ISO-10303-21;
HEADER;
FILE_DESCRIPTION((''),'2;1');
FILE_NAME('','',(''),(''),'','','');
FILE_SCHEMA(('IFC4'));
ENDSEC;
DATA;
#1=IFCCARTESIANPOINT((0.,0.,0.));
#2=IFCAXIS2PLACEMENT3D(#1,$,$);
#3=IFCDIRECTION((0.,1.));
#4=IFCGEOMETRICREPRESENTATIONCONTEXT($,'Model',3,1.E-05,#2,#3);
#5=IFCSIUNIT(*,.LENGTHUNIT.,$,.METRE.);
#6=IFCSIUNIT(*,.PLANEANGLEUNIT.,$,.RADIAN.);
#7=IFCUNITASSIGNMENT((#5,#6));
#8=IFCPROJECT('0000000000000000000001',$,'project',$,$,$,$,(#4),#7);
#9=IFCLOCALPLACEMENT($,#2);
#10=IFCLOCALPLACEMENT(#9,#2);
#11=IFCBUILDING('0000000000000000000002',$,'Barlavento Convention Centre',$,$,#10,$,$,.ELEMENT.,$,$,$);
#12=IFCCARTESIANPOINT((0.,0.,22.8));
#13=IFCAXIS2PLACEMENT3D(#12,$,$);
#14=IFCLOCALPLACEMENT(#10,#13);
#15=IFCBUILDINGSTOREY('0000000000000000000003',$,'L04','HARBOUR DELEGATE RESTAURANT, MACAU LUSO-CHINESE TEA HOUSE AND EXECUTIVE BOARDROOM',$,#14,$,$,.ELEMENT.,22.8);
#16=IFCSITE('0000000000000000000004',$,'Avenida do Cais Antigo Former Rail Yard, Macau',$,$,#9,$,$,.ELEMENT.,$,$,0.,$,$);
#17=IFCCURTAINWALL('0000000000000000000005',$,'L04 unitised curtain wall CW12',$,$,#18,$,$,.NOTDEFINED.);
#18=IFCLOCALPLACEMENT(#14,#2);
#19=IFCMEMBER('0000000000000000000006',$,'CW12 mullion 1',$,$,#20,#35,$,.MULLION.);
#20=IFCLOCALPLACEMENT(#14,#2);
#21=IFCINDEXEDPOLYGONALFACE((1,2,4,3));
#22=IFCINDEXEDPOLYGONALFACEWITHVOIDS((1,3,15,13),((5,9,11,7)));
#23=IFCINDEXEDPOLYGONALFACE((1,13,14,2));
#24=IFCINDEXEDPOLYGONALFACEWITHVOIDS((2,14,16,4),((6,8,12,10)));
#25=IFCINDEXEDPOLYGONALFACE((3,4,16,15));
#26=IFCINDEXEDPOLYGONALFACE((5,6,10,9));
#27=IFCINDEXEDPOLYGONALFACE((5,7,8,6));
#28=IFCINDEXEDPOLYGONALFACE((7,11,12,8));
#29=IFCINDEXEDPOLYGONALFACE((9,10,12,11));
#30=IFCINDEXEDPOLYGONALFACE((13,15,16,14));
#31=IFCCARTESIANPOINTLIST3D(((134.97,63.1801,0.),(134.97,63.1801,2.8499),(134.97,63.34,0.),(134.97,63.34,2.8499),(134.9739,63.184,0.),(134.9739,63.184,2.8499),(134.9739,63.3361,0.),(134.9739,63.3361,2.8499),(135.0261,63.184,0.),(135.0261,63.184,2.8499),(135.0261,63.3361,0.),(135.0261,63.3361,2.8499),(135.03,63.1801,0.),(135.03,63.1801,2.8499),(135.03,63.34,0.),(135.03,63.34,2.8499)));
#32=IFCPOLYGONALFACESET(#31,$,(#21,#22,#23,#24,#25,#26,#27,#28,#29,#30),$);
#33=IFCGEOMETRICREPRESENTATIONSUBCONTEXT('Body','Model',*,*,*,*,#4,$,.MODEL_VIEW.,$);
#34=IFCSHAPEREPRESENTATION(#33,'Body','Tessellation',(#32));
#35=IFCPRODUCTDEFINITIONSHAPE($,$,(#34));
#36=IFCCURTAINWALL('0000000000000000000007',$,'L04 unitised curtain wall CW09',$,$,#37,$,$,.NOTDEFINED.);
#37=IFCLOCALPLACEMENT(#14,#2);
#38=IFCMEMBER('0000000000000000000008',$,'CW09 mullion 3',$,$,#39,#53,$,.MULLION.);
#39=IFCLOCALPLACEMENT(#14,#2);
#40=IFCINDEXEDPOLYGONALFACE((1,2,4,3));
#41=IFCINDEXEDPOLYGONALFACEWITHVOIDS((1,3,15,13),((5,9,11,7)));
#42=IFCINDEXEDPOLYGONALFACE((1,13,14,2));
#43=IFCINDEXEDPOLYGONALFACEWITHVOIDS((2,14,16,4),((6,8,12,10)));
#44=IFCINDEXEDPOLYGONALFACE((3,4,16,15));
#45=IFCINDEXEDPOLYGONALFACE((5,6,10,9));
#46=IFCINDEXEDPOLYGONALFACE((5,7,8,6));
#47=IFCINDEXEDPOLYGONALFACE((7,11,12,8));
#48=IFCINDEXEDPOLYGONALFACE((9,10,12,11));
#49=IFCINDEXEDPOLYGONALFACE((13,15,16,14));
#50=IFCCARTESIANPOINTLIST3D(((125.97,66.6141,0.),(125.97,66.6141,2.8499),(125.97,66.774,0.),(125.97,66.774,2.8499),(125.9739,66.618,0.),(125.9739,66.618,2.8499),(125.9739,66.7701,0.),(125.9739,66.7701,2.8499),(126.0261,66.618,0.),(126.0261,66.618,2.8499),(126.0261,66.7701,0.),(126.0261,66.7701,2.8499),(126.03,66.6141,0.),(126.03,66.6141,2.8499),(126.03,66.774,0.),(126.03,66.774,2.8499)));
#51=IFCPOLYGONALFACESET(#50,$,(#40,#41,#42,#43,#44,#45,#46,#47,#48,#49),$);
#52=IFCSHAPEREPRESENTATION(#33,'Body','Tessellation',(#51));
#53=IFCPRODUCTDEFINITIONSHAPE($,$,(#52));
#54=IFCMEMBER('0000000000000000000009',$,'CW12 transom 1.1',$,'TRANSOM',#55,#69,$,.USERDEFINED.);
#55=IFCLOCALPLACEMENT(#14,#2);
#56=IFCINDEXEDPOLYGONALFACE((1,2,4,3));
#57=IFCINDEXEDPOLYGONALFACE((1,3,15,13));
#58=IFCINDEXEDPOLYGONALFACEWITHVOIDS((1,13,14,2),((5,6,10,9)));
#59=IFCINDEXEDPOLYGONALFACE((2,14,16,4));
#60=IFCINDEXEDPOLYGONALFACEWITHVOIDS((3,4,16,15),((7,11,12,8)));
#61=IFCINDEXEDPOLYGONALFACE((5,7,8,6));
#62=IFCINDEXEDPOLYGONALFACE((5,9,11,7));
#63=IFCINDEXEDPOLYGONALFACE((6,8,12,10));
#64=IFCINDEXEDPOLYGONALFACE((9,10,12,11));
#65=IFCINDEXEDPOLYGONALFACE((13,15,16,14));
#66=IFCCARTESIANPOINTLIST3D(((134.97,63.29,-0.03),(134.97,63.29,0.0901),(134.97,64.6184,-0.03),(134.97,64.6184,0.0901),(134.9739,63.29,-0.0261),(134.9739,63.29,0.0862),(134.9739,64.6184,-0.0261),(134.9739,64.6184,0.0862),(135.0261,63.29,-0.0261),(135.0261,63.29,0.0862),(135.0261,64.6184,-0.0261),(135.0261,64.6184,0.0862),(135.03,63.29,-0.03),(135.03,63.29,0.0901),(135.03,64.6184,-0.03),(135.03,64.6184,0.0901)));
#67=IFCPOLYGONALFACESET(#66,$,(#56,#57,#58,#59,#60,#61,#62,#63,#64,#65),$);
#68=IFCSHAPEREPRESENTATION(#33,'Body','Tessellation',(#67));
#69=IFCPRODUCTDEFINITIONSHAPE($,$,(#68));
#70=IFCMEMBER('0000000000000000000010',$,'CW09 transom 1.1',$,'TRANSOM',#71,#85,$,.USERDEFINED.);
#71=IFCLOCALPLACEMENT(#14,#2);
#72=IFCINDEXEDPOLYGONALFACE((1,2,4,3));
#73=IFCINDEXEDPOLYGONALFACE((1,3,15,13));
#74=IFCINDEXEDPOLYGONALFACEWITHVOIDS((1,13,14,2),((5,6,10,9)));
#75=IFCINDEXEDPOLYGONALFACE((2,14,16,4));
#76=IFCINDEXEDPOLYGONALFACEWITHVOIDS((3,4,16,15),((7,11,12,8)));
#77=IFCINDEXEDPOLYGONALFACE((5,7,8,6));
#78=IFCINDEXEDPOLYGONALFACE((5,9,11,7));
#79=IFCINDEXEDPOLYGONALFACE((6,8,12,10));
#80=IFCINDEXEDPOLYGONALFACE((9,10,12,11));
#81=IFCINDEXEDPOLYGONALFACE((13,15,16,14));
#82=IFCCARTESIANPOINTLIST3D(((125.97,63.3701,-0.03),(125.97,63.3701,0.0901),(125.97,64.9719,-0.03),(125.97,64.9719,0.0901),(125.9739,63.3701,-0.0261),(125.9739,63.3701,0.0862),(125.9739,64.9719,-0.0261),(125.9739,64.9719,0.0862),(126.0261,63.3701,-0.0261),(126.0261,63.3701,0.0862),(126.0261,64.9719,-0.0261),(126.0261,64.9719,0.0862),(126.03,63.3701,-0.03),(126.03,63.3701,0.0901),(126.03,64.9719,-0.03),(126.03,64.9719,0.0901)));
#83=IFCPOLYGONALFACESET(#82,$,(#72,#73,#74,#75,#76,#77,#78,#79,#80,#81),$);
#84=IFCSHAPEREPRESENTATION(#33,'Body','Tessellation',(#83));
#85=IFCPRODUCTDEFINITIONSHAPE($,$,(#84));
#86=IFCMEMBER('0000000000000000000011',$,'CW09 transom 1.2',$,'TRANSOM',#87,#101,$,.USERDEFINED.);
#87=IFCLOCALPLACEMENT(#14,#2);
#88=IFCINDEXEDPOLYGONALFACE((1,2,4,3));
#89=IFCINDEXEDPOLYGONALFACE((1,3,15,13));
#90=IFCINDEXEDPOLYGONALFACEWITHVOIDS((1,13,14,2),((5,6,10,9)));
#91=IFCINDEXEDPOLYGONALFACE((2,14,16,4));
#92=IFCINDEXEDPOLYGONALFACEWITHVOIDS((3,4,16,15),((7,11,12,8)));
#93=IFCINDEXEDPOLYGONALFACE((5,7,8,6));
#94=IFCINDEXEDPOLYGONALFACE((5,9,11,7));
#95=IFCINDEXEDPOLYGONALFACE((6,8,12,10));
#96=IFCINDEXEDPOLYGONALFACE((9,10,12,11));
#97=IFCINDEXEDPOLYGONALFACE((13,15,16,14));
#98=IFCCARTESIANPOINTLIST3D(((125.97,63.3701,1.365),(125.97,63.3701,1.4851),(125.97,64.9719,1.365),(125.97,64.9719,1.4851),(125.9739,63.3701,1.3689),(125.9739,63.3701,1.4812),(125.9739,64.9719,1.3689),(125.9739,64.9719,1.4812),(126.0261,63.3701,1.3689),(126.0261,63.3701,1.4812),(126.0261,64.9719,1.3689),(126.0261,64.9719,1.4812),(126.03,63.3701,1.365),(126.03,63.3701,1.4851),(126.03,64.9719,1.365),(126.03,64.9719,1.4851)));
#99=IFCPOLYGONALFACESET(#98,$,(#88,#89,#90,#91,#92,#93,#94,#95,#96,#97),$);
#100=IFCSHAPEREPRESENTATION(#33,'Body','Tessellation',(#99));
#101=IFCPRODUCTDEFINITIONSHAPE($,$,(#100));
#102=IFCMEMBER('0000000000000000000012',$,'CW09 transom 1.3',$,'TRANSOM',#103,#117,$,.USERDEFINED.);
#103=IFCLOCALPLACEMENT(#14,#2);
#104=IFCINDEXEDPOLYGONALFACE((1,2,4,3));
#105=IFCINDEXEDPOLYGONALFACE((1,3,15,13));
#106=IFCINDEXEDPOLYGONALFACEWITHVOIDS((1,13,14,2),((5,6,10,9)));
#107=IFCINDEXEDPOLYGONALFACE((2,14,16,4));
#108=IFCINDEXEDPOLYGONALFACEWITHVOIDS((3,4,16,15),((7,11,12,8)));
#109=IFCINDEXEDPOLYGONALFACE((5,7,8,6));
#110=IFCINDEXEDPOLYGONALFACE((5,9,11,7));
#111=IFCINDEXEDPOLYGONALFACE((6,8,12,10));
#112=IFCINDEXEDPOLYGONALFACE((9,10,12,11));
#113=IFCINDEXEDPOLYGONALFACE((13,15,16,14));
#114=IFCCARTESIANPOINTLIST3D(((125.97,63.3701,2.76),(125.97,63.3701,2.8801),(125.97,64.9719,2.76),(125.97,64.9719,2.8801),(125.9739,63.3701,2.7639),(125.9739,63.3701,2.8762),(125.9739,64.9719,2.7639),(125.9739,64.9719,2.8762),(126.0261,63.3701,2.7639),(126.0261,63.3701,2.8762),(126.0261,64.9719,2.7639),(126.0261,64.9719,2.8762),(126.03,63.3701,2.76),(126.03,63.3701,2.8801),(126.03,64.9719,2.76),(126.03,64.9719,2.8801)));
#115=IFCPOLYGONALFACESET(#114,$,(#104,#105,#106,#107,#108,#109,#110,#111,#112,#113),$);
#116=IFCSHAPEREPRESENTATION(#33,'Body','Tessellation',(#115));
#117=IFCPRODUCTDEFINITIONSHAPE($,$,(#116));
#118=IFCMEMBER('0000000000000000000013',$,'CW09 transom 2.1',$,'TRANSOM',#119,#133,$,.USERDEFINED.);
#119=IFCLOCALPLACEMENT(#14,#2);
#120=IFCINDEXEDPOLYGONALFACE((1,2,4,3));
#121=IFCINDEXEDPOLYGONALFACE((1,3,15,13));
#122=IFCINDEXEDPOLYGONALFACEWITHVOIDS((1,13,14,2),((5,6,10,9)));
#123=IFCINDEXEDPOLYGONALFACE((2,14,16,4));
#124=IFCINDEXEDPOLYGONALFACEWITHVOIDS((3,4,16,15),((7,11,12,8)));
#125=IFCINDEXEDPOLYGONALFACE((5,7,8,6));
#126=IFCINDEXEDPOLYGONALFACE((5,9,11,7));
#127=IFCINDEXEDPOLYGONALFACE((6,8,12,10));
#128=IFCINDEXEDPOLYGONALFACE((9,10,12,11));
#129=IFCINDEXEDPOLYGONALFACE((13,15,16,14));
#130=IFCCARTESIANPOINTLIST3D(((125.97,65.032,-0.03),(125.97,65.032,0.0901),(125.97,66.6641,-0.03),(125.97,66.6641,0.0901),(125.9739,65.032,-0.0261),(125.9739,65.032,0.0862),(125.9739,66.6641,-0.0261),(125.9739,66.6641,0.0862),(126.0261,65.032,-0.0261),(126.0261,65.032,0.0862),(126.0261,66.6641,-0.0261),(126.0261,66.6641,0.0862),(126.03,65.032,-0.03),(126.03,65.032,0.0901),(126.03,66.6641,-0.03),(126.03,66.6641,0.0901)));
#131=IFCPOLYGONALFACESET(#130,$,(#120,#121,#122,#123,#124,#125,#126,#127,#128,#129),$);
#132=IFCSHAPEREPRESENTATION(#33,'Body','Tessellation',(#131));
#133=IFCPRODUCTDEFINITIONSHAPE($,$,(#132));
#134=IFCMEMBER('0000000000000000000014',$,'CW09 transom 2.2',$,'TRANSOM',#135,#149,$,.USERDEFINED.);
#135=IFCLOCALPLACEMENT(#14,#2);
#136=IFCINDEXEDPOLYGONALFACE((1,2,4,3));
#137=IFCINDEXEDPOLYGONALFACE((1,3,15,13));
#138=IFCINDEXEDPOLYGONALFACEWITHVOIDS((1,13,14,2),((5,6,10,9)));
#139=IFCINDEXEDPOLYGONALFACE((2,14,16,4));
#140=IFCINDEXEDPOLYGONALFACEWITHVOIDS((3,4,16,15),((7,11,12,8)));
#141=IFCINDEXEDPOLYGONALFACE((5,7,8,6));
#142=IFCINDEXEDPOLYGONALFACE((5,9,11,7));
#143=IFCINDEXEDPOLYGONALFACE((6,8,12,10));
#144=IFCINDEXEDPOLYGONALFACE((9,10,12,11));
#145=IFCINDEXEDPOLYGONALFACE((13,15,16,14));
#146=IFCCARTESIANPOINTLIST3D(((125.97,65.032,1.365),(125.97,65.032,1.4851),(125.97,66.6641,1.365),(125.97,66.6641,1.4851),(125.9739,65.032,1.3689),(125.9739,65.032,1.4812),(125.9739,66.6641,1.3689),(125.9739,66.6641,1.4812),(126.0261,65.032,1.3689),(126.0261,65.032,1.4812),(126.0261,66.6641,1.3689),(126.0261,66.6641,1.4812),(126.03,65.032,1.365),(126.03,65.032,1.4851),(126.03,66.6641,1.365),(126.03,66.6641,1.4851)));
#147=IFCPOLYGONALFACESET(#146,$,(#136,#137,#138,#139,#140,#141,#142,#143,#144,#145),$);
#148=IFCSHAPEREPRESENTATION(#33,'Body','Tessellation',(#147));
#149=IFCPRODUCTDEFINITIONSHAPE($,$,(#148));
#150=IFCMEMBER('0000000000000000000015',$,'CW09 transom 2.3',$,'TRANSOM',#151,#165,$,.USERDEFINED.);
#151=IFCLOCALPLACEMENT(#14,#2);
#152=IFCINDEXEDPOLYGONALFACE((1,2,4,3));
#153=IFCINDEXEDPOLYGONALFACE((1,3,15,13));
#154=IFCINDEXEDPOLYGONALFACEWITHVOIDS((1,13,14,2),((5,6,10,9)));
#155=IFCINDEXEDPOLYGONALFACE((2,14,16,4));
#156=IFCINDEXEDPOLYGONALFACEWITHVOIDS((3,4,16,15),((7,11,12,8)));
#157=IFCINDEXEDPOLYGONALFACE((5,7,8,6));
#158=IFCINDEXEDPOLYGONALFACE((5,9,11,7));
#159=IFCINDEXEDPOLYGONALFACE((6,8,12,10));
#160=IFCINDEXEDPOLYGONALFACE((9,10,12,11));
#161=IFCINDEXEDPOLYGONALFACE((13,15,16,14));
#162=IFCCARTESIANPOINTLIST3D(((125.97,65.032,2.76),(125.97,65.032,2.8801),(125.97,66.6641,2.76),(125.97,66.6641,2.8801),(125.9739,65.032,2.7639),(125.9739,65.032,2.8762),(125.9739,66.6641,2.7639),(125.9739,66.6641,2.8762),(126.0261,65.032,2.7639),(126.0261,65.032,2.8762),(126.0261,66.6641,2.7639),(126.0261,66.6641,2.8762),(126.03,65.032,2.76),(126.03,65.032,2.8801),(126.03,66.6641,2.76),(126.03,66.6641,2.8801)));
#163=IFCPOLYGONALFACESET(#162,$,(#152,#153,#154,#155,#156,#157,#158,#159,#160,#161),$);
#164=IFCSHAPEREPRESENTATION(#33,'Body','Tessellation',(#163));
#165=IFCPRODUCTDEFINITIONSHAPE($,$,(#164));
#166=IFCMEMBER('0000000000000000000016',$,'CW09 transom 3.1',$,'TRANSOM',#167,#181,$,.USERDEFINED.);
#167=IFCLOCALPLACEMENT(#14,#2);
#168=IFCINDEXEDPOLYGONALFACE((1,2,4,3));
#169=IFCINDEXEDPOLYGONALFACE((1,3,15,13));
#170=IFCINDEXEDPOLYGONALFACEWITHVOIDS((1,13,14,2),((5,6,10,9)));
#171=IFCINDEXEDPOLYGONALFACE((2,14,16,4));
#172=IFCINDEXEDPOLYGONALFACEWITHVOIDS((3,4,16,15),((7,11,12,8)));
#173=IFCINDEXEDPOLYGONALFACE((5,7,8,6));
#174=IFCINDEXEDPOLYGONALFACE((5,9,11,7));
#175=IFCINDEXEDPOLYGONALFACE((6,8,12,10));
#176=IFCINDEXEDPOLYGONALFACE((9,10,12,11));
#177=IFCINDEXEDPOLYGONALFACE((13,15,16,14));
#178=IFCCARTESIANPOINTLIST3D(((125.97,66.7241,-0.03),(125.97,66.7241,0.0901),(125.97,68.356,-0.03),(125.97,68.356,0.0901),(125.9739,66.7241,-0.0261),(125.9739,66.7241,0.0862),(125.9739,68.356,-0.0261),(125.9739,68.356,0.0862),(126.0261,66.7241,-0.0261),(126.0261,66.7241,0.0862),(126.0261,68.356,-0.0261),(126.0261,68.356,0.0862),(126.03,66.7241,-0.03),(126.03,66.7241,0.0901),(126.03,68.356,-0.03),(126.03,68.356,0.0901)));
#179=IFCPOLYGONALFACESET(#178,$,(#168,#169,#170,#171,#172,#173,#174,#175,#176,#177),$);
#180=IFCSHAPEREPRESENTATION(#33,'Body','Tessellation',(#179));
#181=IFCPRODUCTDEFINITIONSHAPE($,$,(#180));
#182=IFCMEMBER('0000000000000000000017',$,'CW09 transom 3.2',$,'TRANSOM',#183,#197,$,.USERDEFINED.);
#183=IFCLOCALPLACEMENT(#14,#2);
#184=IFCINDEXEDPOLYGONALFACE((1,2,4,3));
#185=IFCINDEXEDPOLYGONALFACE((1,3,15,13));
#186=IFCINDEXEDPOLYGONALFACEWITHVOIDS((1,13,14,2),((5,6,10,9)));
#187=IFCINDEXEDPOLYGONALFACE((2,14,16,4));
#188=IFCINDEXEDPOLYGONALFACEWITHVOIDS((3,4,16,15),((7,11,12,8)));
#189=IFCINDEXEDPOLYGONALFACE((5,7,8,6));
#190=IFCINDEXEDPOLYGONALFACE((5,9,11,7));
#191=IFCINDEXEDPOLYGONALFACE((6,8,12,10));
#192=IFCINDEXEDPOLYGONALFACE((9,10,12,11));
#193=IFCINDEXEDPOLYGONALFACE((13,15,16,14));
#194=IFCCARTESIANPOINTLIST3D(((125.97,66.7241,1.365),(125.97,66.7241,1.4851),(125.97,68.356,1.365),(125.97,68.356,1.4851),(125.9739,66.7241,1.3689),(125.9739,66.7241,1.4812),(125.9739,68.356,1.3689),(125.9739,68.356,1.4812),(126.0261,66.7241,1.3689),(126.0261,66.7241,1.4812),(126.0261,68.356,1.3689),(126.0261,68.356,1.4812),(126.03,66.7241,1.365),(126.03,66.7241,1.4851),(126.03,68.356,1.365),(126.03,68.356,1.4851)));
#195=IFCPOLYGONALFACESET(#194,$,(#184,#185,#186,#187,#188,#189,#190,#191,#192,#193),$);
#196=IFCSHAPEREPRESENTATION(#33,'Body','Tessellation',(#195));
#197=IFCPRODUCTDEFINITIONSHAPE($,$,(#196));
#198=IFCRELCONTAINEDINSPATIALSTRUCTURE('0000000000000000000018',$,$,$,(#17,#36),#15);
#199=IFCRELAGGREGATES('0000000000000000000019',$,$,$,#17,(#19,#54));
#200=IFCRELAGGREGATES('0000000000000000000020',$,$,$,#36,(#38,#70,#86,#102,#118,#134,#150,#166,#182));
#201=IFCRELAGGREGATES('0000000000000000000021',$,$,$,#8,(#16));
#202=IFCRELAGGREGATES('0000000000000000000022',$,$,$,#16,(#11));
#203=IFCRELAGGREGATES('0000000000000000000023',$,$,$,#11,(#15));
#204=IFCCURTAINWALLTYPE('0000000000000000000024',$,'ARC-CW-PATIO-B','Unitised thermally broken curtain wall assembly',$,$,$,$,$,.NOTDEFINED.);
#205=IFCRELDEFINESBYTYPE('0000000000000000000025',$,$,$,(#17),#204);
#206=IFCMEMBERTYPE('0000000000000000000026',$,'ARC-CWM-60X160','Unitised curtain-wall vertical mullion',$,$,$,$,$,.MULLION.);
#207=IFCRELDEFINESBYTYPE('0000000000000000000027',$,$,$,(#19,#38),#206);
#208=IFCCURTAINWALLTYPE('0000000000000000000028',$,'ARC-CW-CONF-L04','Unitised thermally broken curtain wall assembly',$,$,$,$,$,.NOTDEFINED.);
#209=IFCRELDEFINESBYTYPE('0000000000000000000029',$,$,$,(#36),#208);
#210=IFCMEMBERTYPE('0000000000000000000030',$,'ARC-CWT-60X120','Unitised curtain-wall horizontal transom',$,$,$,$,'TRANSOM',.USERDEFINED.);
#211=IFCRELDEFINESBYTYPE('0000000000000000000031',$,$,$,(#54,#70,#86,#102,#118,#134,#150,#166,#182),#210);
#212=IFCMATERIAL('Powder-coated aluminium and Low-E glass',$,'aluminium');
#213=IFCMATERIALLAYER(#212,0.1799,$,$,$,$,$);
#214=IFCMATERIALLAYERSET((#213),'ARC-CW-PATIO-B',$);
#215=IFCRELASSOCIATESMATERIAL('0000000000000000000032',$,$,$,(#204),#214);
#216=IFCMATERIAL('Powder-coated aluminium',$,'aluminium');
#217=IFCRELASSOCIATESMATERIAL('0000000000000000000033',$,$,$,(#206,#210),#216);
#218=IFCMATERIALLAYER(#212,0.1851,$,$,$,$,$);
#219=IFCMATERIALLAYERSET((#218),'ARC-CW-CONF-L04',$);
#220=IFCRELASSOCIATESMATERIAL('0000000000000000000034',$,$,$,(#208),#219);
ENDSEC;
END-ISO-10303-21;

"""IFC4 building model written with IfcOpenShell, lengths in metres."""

from ifc_helpers import new_model, si_unit, direction, frame, origin, origin_2d, place, context, subcontext, project, spatial, hollow_rectangle, extrude, material, layer, layer_set, material_profile, profile_set, type_object, element, aggregate, save


model = new_model("IFC4")

# Units and contexts
model_context = context("Model", 3, precision=1e-05, world=origin(), true_north=direction((0.0, 1.0)))
body_context = subcontext(model_context, "Body", "Model", "MODEL_VIEW")
ifc_project = project(units=[si_unit("LENGTHUNIT", "METRE"), si_unit("PLANEANGLEUNIT", "RADIAN")], contexts=[model_context])

# Site, building, storey
site_placement = place(None, origin())
site = spatial("IfcSite", under=ifc_project, at=site_placement, Name="Avenida do Cais Antigo Former Rail Yard, Macau", CompositionType="ELEMENT", RefElevation=0.0)
building_placement = place(site_placement, origin())
building = spatial("IfcBuilding", under=site, at=building_placement, Name="Barlavento Convention Centre", CompositionType="ELEMENT")
storey_placement = place(building_placement, frame((0.0, 0.0, 22.8)))
storey = spatial("IfcBuildingStorey", under=building, at=storey_placement, Name="L04", Description="HARBOUR DELEGATE RESTAURANT, MACAU LUSO-CHINESE TEA HOUSE AND EXECUTIVE BOARDROOM", CompositionType="ELEMENT", Elevation=22.8)

# Curtain walls, members
ifc_material_1 = material(Name="Powder-coated aluminium and Low-E glass", Category="aluminium")
ifc_layer_1 = layer(ifc_material_1, 0.1799)
ifc_layer_set_1 = layer_set([ifc_layer_1], Name="ARC-CW-PATIO-B")
curtain_wall_type_1 = type_object("IfcCurtainWallType", Name="ARC-CW-PATIO-B", Description="Unitised thermally broken curtain wall assembly", PredefinedType="NOTDEFINED", material=ifc_layer_set_1)
curtain_wall_1_placement = place(storey_placement, origin())
curtain_wall_1 = element("IfcCurtainWall", 1, at=curtain_wall_1_placement, inside=storey, type_object=curtain_wall_type_1, Name="L04 unitised curtain wall CW12", PredefinedType="NOTDEFINED")
ifc_material_2 = material(Name="Powder-coated aluminium", Category="aluminium")
ifc_material_profile_1 = material_profile(ifc_material_2, hollow_rectangle(XDim=0.0601, YDim=0.1599, WallThickness=0.0039, at=origin_2d()), Name="AL-MULL 60x160x4")
ifc_profile_set_1 = profile_set([ifc_material_profile_1], Name="Powder-coated aluminium")
member_type_1 = type_object("IfcMemberType", Name="ARC-CWM-60X160", Description="Unitised curtain-wall vertical mullion", PredefinedType="MULLION", material=ifc_profile_set_1)
member_1_placement = place(storey_placement, frame((135.0, 63.26, 0.0), z_axis=(0.0, 0.0, 1.0), x_axis=(-1.0, 0.0, 0.0)))
member_1 = element("IfcMember", 2, at=member_1_placement, type_object=member_type_1, Name="CW12 mullion 1", PredefinedType="MULLION", context=body_context, shape_type="SweptSolid", body=[
    extrude(hollow_rectangle(XDim=0.0601, YDim=0.1599, WallThickness=0.0039, at=origin_2d()), origin(), (0.0, 0.0, 1.0), 2.8499),
])
ifc_layer_2 = layer(ifc_material_1, 0.1851)
ifc_layer_set_2 = layer_set([ifc_layer_2], Name="ARC-CW-CONF-L04")
curtain_wall_type_2 = type_object("IfcCurtainWallType", Name="ARC-CW-CONF-L04", Description="Unitised thermally broken curtain wall assembly", PredefinedType="NOTDEFINED", material=ifc_layer_set_2)
curtain_wall_2_placement = place(storey_placement, origin())
curtain_wall_2 = element("IfcCurtainWall", 3, at=curtain_wall_2_placement, inside=storey, type_object=curtain_wall_type_2, Name="L04 unitised curtain wall CW09", PredefinedType="NOTDEFINED")
member_2_placement = place(storey_placement, frame((126.0, 66.6941, 0.0), z_axis=(0.0, 0.0, 1.0), x_axis=(-1.0, 0.0, 0.0)))
member_2 = element("IfcMember", 4, at=member_2_placement, type_object=member_type_1, Name="CW09 mullion 3", PredefinedType="MULLION", context=body_context, shape_type="SweptSolid", body=[
    extrude(hollow_rectangle(XDim=0.0601, YDim=0.1599, WallThickness=0.0039, at=origin_2d()), origin(), (0.0, 0.0, 1.0), 2.8499),
])

# Members
ifc_material_profile_2 = material_profile(ifc_material_2, hollow_rectangle(XDim=0.0601, YDim=0.1201, WallThickness=0.0039, at=origin_2d()), Name="AL-TRAN 60x120x4")
ifc_profile_set_2 = profile_set([ifc_material_profile_2], Name="Powder-coated aluminium")
member_type_2 = type_object("IfcMemberType", Name="ARC-CWT-60X120", Description="Unitised curtain-wall horizontal transom", ElementType="TRANSOM", PredefinedType="USERDEFINED", material=ifc_profile_set_2)
member_3_placement = place(storey_placement, frame((135.0, 63.29, 0.03), z_axis=(0.0, 1.0, 0.0), x_axis=(-1.0, 0.0, 0.0)))
member_3 = element("IfcMember", 5, at=member_3_placement, type_object=member_type_2, Name="CW12 transom 1.1", ObjectType="TRANSOM", PredefinedType="USERDEFINED", context=body_context, shape_type="SweptSolid", body=[
    extrude(hollow_rectangle(XDim=0.0601, YDim=0.1201, WallThickness=0.0039, at=origin_2d()), origin(), (0.0, 0.0, 1.0), 1.3284),
])
aggregate(curtain_wall_1, [member_1, member_3])
member_4_placement = place(storey_placement, frame((126.0, 63.3701, 0.03), z_axis=(0.0, 1.0, 0.0), x_axis=(-1.0, 0.0, 0.0)))
member_4 = element("IfcMember", 6, at=member_4_placement, type_object=member_type_2, Name="CW09 transom 1.1", ObjectType="TRANSOM", PredefinedType="USERDEFINED", context=body_context, shape_type="SweptSolid", body=[
    extrude(hollow_rectangle(XDim=0.0601, YDim=0.1201, WallThickness=0.0039, at=origin_2d()), origin(), (0.0, 0.0, 1.0), 1.6018),
])
member_5_placement = place(storey_placement, frame((126.0, 63.3701, 1.425), z_axis=(0.0, 1.0, 0.0), x_axis=(-1.0, 0.0, 0.0)))
member_5 = element("IfcMember", 7, at=member_5_placement, type_object=member_type_2, Name="CW09 transom 1.2", ObjectType="TRANSOM", PredefinedType="USERDEFINED", context=body_context, shape_type="SweptSolid", body=[
    extrude(hollow_rectangle(XDim=0.0601, YDim=0.1201, WallThickness=0.0039, at=origin_2d()), origin(), (0.0, 0.0, 1.0), 1.6018),
])
member_6_placement = place(storey_placement, frame((126.0, 63.3701, 2.8201), z_axis=(0.0, 1.0, 0.0), x_axis=(-1.0, 0.0, 0.0)))
member_6 = element("IfcMember", 8, at=member_6_placement, type_object=member_type_2, Name="CW09 transom 1.3", ObjectType="TRANSOM", PredefinedType="USERDEFINED", context=body_context, shape_type="SweptSolid", body=[
    extrude(hollow_rectangle(XDim=0.0601, YDim=0.1201, WallThickness=0.0039, at=origin_2d()), origin(), (0.0, 0.0, 1.0), 1.6018),
])
member_7_placement = place(storey_placement, frame((126.0, 65.032, 0.03), z_axis=(0.0, 1.0, 0.0), x_axis=(-1.0, 0.0, 0.0)))
member_7 = element("IfcMember", 9, at=member_7_placement, type_object=member_type_2, Name="CW09 transom 2.1", ObjectType="TRANSOM", PredefinedType="USERDEFINED", context=body_context, shape_type="SweptSolid", body=[
    extrude(hollow_rectangle(XDim=0.0601, YDim=0.1201, WallThickness=0.0039, at=origin_2d()), origin(), (0.0, 0.0, 1.0), 1.6321),
])
member_8_placement = place(storey_placement, frame((126.0, 65.032, 1.425), z_axis=(0.0, 1.0, 0.0), x_axis=(-1.0, 0.0, 0.0)))
member_8 = element("IfcMember", 10, at=member_8_placement, type_object=member_type_2, Name="CW09 transom 2.2", ObjectType="TRANSOM", PredefinedType="USERDEFINED", context=body_context, shape_type="SweptSolid", body=[
    extrude(hollow_rectangle(XDim=0.0601, YDim=0.1201, WallThickness=0.0039, at=origin_2d()), origin(), (0.0, 0.0, 1.0), 1.6321),
])
member_9_placement = place(storey_placement, frame((126.0, 65.032, 2.8201), z_axis=(0.0, 1.0, 0.0), x_axis=(-1.0, 0.0, 0.0)))
member_9 = element("IfcMember", 11, at=member_9_placement, type_object=member_type_2, Name="CW09 transom 2.3", ObjectType="TRANSOM", PredefinedType="USERDEFINED", context=body_context, shape_type="SweptSolid", body=[
    extrude(hollow_rectangle(XDim=0.0601, YDim=0.1201, WallThickness=0.0039, at=origin_2d()), origin(), (0.0, 0.0, 1.0), 1.6321),
])
member_10_placement = place(storey_placement, frame((126.0, 66.7241, 0.03), z_axis=(0.0, 1.0, 0.0), x_axis=(-1.0, 0.0, 0.0)))
member_10 = element("IfcMember", 12, at=member_10_placement, type_object=member_type_2, Name="CW09 transom 3.1", ObjectType="TRANSOM", PredefinedType="USERDEFINED", context=body_context, shape_type="SweptSolid", body=[
    extrude(hollow_rectangle(XDim=0.0601, YDim=0.1201, WallThickness=0.0039, at=origin_2d()), origin(), (0.0, 0.0, 1.0), 1.6318),
])
member_11_placement = place(storey_placement, frame((126.0, 66.7241, 1.425), z_axis=(0.0, 1.0, 0.0), x_axis=(-1.0, 0.0, 0.0)))
member_11 = element("IfcMember", 13, at=member_11_placement, type_object=member_type_2, Name="CW09 transom 3.2", ObjectType="TRANSOM", PredefinedType="USERDEFINED", context=body_context, shape_type="SweptSolid", body=[
    extrude(hollow_rectangle(XDim=0.0601, YDim=0.1201, WallThickness=0.0039, at=origin_2d()), origin(), (0.0, 0.0, 1.0), 1.6318),
])

aggregate(curtain_wall_2, [member_2, member_4, member_5, member_6, member_7, member_8, member_9, member_10, member_11])

save(model, "model.ifc")
